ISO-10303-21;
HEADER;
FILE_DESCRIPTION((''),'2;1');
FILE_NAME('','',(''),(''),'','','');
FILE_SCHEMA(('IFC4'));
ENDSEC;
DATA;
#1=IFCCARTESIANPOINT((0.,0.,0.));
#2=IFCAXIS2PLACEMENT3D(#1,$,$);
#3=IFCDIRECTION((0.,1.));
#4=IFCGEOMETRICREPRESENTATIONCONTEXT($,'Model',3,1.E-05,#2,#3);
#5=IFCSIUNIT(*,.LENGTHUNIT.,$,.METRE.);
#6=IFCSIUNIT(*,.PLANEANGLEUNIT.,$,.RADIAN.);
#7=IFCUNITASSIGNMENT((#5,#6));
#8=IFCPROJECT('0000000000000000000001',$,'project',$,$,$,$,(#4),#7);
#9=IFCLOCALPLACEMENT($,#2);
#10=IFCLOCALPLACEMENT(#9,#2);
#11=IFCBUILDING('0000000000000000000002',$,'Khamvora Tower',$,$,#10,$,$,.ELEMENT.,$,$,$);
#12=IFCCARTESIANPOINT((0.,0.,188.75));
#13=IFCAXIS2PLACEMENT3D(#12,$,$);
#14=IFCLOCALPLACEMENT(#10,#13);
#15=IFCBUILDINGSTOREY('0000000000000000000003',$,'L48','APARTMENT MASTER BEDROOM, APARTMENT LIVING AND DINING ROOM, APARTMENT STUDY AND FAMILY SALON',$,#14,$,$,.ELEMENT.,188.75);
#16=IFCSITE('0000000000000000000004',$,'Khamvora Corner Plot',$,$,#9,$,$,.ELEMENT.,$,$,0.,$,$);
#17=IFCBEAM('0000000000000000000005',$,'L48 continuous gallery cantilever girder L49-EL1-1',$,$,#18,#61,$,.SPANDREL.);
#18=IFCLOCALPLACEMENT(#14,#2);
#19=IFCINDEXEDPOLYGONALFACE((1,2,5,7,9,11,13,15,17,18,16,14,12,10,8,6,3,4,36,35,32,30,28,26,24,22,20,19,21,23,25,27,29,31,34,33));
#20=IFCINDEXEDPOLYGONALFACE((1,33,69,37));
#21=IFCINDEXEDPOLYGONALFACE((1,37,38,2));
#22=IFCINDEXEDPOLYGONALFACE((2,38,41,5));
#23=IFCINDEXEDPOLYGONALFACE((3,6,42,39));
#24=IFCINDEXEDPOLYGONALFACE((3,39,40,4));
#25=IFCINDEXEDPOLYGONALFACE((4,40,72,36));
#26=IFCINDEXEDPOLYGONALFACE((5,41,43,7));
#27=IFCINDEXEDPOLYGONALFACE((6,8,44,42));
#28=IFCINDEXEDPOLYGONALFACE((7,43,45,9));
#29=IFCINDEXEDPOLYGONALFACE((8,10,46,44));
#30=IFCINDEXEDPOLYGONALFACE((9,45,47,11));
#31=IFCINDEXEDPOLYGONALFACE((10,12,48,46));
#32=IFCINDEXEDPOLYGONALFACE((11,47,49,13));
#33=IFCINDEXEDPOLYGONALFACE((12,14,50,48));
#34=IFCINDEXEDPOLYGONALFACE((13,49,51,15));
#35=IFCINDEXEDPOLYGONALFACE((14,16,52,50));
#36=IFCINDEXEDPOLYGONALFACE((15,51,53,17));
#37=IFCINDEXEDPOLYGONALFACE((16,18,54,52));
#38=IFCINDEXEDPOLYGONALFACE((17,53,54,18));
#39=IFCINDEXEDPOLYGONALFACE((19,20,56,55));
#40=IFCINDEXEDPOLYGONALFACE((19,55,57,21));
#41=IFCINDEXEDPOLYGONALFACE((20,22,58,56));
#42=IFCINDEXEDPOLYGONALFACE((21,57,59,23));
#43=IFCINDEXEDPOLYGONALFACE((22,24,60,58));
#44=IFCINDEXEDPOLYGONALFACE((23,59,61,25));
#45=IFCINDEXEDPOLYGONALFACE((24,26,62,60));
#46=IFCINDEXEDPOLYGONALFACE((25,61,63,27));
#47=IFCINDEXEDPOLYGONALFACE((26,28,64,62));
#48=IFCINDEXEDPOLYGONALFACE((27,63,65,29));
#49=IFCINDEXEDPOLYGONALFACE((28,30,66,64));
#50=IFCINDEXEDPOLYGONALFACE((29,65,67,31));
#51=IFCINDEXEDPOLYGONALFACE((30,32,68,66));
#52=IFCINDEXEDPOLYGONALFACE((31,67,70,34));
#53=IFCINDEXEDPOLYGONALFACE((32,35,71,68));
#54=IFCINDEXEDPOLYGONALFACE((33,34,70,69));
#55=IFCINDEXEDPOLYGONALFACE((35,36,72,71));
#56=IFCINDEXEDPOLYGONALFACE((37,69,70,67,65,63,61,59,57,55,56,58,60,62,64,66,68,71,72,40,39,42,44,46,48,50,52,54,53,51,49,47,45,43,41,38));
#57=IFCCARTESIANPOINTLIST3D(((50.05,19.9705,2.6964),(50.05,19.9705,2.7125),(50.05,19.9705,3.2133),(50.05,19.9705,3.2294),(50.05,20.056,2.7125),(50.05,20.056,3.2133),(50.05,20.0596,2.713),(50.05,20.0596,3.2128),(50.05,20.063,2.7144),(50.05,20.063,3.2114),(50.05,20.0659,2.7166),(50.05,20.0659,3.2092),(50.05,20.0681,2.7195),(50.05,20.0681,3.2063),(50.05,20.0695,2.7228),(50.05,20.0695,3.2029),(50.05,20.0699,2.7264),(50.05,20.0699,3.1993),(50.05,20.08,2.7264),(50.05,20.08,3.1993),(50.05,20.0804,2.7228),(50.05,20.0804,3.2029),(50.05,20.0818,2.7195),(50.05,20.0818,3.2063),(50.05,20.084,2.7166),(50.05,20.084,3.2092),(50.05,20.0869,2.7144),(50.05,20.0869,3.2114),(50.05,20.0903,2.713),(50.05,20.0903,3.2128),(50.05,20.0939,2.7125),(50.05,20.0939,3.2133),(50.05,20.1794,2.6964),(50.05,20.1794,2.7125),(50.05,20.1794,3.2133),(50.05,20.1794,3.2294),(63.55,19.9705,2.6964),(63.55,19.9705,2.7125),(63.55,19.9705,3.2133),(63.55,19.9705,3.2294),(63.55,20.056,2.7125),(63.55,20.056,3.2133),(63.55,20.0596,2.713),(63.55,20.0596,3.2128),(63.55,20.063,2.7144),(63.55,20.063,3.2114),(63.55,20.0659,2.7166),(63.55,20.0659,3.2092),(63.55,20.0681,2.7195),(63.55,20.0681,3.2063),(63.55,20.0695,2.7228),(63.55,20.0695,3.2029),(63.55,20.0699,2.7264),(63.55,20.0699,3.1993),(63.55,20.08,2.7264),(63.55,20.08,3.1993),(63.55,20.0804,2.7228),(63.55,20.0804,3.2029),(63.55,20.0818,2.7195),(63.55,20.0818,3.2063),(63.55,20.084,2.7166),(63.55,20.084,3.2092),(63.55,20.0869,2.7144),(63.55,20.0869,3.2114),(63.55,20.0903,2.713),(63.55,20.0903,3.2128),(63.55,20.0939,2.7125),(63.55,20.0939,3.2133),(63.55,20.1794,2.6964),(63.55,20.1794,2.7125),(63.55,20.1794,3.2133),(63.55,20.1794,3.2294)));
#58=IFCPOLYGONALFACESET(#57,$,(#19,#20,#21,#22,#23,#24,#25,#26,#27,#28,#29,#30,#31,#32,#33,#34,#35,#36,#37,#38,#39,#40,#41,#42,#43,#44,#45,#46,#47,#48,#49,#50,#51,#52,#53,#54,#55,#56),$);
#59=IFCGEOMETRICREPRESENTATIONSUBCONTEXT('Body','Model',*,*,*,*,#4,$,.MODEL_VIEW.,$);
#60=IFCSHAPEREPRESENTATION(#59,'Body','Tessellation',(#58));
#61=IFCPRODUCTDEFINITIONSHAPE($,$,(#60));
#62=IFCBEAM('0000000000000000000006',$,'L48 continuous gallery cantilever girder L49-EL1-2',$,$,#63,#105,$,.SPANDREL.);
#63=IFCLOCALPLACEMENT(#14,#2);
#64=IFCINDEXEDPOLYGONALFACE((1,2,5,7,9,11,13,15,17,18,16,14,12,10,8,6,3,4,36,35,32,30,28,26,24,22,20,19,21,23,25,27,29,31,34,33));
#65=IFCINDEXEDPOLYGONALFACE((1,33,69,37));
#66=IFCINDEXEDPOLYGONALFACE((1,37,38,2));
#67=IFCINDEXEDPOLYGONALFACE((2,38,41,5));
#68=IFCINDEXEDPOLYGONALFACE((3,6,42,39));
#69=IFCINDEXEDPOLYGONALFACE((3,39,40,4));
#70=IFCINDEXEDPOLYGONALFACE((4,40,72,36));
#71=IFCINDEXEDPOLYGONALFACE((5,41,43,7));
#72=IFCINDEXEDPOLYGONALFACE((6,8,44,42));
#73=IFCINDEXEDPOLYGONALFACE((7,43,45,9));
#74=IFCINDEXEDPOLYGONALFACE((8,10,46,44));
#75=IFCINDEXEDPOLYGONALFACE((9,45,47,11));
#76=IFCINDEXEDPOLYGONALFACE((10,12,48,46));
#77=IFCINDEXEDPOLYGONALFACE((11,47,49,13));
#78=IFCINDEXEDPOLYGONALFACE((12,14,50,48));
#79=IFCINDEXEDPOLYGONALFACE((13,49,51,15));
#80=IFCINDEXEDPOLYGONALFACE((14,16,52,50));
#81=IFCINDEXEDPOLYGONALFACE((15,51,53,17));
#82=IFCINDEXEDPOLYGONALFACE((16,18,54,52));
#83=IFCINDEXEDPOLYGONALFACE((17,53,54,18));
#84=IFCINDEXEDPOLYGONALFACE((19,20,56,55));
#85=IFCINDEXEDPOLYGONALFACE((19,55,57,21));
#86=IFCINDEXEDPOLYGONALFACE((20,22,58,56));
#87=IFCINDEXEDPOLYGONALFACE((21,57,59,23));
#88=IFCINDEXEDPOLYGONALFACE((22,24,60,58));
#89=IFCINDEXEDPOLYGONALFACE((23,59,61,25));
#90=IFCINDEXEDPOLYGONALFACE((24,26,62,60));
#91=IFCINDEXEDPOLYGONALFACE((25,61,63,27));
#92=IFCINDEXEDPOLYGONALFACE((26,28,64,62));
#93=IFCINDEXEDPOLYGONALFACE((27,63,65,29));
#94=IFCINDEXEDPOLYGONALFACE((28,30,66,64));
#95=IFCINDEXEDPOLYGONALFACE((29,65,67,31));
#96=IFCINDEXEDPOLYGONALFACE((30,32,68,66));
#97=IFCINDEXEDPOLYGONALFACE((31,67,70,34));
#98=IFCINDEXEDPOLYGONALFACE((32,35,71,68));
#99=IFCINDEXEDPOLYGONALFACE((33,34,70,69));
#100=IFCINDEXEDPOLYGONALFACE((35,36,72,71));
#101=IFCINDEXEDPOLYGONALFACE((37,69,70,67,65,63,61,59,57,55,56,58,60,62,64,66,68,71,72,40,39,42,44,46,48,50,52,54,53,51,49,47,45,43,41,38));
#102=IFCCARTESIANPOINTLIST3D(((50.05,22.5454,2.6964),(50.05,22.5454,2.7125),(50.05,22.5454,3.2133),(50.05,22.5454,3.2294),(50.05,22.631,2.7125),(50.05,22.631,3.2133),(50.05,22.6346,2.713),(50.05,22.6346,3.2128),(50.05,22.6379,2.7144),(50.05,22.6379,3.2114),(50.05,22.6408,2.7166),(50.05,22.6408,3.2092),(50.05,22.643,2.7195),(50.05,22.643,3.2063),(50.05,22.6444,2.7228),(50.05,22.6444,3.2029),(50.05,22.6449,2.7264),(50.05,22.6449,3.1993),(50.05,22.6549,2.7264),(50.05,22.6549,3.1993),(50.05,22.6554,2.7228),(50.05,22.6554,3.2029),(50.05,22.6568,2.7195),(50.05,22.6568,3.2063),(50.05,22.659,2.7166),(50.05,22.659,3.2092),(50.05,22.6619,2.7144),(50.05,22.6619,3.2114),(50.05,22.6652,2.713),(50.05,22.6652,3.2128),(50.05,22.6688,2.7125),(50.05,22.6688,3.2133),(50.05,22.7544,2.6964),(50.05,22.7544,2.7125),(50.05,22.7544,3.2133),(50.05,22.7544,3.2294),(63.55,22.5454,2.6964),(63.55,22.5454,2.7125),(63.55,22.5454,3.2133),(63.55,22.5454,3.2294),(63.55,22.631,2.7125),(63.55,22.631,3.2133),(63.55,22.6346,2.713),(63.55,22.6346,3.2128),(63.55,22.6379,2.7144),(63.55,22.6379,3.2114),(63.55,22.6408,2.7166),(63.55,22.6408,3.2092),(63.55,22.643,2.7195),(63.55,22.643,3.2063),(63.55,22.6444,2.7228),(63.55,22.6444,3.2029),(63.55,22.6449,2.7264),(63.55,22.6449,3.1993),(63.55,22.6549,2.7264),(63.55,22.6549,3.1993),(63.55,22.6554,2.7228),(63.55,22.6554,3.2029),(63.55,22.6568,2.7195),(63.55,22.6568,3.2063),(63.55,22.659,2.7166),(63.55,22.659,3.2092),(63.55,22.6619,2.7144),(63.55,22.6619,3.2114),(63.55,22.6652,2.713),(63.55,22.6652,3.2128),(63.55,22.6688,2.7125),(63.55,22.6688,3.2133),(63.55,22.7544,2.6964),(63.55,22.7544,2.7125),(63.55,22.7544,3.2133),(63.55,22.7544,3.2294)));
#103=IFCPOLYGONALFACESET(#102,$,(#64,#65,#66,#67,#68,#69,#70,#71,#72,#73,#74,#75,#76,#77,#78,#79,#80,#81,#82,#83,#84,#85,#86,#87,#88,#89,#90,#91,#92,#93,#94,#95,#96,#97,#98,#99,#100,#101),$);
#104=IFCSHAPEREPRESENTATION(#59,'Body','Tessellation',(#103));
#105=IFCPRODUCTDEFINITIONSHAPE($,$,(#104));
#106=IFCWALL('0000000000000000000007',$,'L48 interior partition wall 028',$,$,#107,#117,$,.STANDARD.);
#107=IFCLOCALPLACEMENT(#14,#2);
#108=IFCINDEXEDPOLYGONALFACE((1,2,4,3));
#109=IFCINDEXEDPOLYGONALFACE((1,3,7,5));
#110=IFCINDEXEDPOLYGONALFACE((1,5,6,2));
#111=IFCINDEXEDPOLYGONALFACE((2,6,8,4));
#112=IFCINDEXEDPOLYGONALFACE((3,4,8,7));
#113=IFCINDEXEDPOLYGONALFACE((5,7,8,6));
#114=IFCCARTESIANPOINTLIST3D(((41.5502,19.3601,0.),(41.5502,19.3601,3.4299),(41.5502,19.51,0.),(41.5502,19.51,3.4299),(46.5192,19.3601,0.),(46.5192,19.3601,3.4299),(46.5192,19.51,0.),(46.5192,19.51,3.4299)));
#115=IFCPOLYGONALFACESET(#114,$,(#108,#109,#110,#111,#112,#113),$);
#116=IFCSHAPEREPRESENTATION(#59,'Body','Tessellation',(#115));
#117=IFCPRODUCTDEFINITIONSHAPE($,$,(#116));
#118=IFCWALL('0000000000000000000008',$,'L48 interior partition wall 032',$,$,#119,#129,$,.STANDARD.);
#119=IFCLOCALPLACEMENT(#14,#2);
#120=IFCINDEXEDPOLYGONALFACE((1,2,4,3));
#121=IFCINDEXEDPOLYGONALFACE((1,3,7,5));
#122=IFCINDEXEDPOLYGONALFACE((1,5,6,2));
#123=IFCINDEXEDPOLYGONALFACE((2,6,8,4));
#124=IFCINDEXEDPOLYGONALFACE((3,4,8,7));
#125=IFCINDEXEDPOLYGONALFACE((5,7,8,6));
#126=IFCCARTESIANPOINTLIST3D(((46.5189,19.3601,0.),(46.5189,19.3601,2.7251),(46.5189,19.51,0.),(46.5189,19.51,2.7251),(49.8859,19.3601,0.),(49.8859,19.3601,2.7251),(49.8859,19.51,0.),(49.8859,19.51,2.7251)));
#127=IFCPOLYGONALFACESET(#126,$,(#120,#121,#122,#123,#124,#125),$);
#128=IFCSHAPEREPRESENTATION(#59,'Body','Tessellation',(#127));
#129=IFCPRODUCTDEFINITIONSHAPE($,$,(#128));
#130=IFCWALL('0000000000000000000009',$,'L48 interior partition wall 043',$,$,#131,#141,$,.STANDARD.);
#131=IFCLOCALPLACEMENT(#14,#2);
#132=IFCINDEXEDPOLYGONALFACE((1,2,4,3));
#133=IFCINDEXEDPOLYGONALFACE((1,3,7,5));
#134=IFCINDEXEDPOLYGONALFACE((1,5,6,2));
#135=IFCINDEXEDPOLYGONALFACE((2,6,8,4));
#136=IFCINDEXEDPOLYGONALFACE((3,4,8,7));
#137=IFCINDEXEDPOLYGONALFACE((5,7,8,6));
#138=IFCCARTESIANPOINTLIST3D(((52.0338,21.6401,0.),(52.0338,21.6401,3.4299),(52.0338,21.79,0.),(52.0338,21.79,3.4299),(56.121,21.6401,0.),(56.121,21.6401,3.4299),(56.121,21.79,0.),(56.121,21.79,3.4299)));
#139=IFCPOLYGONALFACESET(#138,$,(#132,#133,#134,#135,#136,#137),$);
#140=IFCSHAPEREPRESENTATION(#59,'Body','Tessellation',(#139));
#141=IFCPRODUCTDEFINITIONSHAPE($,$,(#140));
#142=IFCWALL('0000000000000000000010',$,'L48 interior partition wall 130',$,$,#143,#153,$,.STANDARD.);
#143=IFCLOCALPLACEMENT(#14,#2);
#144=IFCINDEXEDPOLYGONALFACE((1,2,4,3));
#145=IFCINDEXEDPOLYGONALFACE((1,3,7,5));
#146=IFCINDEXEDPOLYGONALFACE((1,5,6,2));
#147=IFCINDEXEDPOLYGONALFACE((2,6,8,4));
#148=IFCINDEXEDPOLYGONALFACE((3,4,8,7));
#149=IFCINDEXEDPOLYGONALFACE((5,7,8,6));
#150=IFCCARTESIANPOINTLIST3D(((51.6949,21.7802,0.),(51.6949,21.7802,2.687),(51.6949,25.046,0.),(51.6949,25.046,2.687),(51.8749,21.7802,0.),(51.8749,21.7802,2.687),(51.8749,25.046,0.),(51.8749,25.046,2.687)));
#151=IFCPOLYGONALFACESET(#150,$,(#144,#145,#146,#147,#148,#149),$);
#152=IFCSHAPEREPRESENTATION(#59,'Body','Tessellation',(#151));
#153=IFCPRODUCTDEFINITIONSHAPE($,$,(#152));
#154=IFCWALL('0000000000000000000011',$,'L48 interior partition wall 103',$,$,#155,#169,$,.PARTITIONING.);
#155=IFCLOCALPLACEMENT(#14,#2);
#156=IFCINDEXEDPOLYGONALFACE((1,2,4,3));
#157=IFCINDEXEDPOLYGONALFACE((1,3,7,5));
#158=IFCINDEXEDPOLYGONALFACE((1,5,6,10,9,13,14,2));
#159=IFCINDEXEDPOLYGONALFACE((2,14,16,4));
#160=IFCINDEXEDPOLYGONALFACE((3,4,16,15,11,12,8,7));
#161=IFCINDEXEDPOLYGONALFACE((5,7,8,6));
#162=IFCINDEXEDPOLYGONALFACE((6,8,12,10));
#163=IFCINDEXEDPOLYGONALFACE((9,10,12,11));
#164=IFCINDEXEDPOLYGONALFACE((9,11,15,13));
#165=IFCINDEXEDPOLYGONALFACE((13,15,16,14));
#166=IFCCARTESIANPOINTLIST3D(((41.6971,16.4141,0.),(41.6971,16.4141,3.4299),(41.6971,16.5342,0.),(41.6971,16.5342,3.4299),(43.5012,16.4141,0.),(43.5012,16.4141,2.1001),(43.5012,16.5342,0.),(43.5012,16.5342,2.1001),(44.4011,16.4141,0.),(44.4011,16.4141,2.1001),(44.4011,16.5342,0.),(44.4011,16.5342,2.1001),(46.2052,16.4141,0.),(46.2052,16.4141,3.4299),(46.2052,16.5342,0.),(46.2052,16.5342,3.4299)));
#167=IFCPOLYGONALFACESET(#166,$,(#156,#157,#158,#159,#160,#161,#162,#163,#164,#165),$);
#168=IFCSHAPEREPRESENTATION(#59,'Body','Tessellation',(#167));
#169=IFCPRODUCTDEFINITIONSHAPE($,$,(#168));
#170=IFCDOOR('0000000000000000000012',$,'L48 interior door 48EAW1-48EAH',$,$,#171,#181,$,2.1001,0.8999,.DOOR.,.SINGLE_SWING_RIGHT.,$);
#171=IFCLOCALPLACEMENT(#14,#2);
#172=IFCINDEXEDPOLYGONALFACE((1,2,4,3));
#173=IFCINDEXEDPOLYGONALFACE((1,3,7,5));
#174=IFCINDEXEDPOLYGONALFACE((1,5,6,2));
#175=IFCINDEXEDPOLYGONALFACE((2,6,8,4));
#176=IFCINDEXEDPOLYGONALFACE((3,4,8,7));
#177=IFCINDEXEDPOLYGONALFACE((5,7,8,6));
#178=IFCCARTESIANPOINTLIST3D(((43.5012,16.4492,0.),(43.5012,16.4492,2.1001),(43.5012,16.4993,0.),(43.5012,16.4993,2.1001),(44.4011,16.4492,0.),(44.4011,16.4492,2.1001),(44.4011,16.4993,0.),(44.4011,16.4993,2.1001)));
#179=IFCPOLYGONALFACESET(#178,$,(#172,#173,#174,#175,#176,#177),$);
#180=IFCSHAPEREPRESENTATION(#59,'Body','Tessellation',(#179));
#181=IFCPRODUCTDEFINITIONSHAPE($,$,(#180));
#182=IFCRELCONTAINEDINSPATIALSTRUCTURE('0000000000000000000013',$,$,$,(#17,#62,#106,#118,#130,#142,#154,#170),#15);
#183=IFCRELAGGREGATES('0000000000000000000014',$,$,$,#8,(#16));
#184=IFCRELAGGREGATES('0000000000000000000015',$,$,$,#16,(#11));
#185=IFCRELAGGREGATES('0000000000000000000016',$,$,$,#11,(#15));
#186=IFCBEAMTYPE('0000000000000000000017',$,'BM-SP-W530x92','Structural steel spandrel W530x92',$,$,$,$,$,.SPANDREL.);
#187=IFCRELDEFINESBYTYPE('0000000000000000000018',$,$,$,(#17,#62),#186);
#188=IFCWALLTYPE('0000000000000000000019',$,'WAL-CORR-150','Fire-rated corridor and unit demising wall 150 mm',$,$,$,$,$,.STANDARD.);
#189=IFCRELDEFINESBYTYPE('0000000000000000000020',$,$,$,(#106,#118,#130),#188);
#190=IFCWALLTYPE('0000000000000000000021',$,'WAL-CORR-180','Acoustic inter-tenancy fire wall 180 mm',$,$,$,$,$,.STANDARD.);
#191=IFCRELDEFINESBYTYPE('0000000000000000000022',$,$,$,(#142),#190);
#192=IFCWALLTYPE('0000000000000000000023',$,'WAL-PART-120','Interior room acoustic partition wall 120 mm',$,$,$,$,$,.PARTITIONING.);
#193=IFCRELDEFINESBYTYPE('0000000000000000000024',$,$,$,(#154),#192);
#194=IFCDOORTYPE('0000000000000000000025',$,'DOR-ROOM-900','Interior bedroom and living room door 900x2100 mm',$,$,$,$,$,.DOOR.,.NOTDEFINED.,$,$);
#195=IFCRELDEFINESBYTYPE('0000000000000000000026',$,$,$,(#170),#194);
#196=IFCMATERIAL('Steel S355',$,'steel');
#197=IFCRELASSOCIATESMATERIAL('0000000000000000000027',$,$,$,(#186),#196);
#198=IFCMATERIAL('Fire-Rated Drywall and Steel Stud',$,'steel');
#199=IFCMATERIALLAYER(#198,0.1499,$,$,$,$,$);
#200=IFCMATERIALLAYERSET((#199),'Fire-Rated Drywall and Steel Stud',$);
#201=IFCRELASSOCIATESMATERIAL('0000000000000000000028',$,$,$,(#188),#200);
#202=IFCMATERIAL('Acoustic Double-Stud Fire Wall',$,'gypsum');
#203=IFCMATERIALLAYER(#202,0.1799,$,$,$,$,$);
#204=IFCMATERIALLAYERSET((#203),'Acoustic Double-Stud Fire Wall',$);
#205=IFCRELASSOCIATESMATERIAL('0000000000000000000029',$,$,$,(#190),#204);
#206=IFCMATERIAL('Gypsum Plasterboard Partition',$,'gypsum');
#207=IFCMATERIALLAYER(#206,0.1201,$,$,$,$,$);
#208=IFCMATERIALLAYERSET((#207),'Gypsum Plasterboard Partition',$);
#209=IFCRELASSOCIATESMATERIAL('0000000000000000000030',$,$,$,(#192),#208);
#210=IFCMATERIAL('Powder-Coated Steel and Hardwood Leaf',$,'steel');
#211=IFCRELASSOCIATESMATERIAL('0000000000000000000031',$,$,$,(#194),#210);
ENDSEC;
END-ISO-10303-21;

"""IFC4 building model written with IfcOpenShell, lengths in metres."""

from ifc_helpers import new_model, si_unit, direction, frame, frame_2d, origin, origin_2d, place, context, subcontext, project, spatial, rectangle, i_section, extrude, material, layer, layer_set, material_profile, profile_set, type_object, element, fill, save


model = new_model("IFC4")

# Units and contexts
model_context = context("Model", 3, precision=1e-05, world=origin(), true_north=direction((0.0, 1.0)))
body_context = subcontext(model_context, "Body", "Model", "MODEL_VIEW")
ifc_project = project(units=[si_unit("LENGTHUNIT", "METRE"), si_unit("PLANEANGLEUNIT", "RADIAN")], contexts=[model_context])

# Site, building, storey
site_placement = place(None, origin())
site = spatial("IfcSite", under=ifc_project, at=site_placement, Name="Khamvora Corner Plot", CompositionType="ELEMENT", RefElevation=0.0)
building_placement = place(site_placement, origin())
building = spatial("IfcBuilding", under=site, at=building_placement, Name="Khamvora Tower", CompositionType="ELEMENT")
storey_placement = place(building_placement, frame((0.0, 0.0, 188.75)))
storey = spatial("IfcBuildingStorey", under=building, at=storey_placement, Name="L48", Description="APARTMENT MASTER BEDROOM, APARTMENT LIVING AND DINING ROOM, APARTMENT STUDY AND FAMILY SALON", CompositionType="ELEMENT", Elevation=188.75)

# Shared definitions
ifc_material_1 = material(Name="Steel S355", Category="steel")

# Beams
ifc_material_profile_1 = material_profile(ifc_material_1, i_section(OverallWidth=0.209, OverallDepth=0.533, WebThickness=0.01, FlangeThickness=0.0161, FilletRadius=0.0139, at=origin_2d()), Name="W530x92")
ifc_profile_set_1 = profile_set([ifc_material_profile_1], Name="Steel S355")
beam_type_1 = type_object("IfcBeamType", Name="BM-SP-W530x92", Description="Structural steel spandrel W530x92", PredefinedType="SPANDREL", material=ifc_profile_set_1)
for number, where, z_axis, x_axis, name in (
    (1, (50.05, 20.075, 2.9629), (1.0, 0.0, 0.0), (0.0, 1.0, 0.0), "L48 continuous gallery cantilever girder L49-EL1-1"),
    (2, (50.05, 22.6499, 2.9629), (1.0, 0.0, 0.0), (0.0, 1.0, 0.0), "L48 continuous gallery cantilever girder L49-EL1-2"),
):
    element("IfcBeam", number, at=place(storey_placement, frame(where, z_axis=z_axis, x_axis=x_axis)), inside=storey, type_object=beam_type_1, Name=name, PredefinedType="SPANDREL", context=body_context, shape_type="SweptSolid", body=[
        extrude(i_section(OverallWidth=0.209, OverallDepth=0.533, WebThickness=0.01, FlangeThickness=0.0161, FilletRadius=0.0139, at=origin_2d()), origin(), (0.0, 0.0, 1.0), 13.5),
    ])

# Wall
ifc_material_2 = material(Name="Fire-Rated Drywall and Steel Stud", Category="steel")
ifc_layer_1 = layer(ifc_material_2, 0.1499)
ifc_layer_set_1 = layer_set([ifc_layer_1], Name="Fire-Rated Drywall and Steel Stud")
wall_type_1 = type_object("IfcWallType", Name="WAL-CORR-150", Description="Fire-rated corridor and unit demising wall 150 mm", PredefinedType="STANDARD", material=ifc_layer_set_1)
wall_1_placement = place(storey_placement, frame((46.519, 19.4351, 0.0), z_axis=(0.0, 0.0, 1.0), x_axis=(-1.0, 0.0, 0.0)))
element("IfcWall", 3, at=wall_1_placement, inside=storey, type_object=wall_type_1, Name="L48 interior partition wall 028", PredefinedType="STANDARD", context=body_context, shape_type="SweptSolid", body=[
    extrude(rectangle(XDim=4.969, YDim=0.1499, at=frame_2d((2.4844, 0.0))), origin(), (0.0, 0.0, 1.0), 3.4299),
])

# Shared definitions
ifc_material_3 = material(Name="Powder-Coated Steel and Hardwood Leaf", Category="steel")

# Walls
wall_2_placement = place(storey_placement, frame((49.886, 19.4351, 0.0), z_axis=(0.0, 0.0, 1.0), x_axis=(-1.0, 0.0, 0.0)))
element("IfcWall", 4, at=wall_2_placement, inside=storey, type_object=wall_type_1, Name="L48 interior partition wall 032", PredefinedType="STANDARD", context=body_context, shape_type="SweptSolid", body=[
    extrude(rectangle(XDim=3.3669, YDim=0.1499, at=frame_2d((1.6836, 0.0))), origin(), (0.0, 0.0, 1.0), 2.7251),
])
wall_3_placement = place(storey_placement, frame((52.0339, 21.7151, 0.0), z_axis=(0.0, 0.0, 1.0), x_axis=(1.0, 0.0, 0.0)))
element("IfcWall", 5, at=wall_3_placement, inside=storey, type_object=wall_type_1, Name="L48 interior partition wall 043", PredefinedType="STANDARD", context=body_context, shape_type="SweptSolid", body=[
    extrude(rectangle(XDim=4.0872, YDim=0.1499, at=frame_2d((2.0435, 0.0))), origin(), (0.0, 0.0, 1.0), 3.4299),
])
ifc_material_4 = material(Name="Acoustic Double-Stud Fire Wall", Category="gypsum")
ifc_layer_2 = layer(ifc_material_4, 0.1799)
ifc_layer_set_2 = layer_set([ifc_layer_2], Name="Acoustic Double-Stud Fire Wall")
wall_type_2 = type_object("IfcWallType", Name="WAL-CORR-180", Description="Acoustic inter-tenancy fire wall 180 mm", PredefinedType="STANDARD", material=ifc_layer_set_2)
wall_4_placement = place(storey_placement, frame((51.7849, 25.0459, 0.0), z_axis=(0.0, 0.0, 1.0), x_axis=(0.0, -1.0, 0.0)))
element("IfcWall", 6, at=wall_4_placement, inside=storey, type_object=wall_type_2, Name="L48 interior partition wall 130", PredefinedType="STANDARD", context=body_context, shape_type="SweptSolid", body=[
    extrude(rectangle(XDim=3.2659, YDim=0.1799, at=frame_2d((1.6328, 0.0))), origin(), (0.0, 0.0, 1.0), 2.687),
])

# Wall, opening, door
ifc_material_5 = material(Name="Gypsum Plasterboard Partition", Category="gypsum")
ifc_layer_3 = layer(ifc_material_5, 0.1201)
ifc_layer_set_3 = layer_set([ifc_layer_3], Name="Gypsum Plasterboard Partition")
wall_type_3 = type_object("IfcWallType", Name="WAL-PART-120", Description="Interior room acoustic partition wall 120 mm", PredefinedType="PARTITIONING", material=ifc_layer_set_3)
wall_5_placement = place(storey_placement, frame((46.2051, 16.4741, 0.0), z_axis=(0.0, 0.0, 1.0), x_axis=(-1.0, 0.0, 0.0)))
wall_5 = element("IfcWall", 7, at=wall_5_placement, inside=storey, type_object=wall_type_3, Name="L48 interior partition wall 103", PredefinedType="PARTITIONING", context=body_context, shape_type="SweptSolid", body=[
    extrude(rectangle(XDim=4.5081, YDim=0.1201, at=frame_2d((2.2539, 0.0))), origin(), (0.0, 0.0, 1.0), 3.4299),
])
opening_1_placement = place(wall_5_placement, frame((1.804, 0.0, 0.0)))
opening_1 = element("IfcOpeningElement", 8, at=opening_1_placement, cuts=wall_5, PredefinedType="OPENING", context=body_context, shape_type="SweptSolid", body=[
    extrude(rectangle(XDim=0.8999, YDim=2.1001, at=frame_2d((0.45, 1.05))), frame((0.0, 0.0701, 0.0), z_axis=(0.0, -1.0, 0.0), x_axis=(1.0, 0.0, 0.0)), (0.0, 0.0, 1.0), 0.1401),
])
door_type_1 = type_object("IfcDoorType", Name="DOR-ROOM-900", Description="Interior bedroom and living room door 900x2100 mm", OperationType="NOTDEFINED", PredefinedType="DOOR", material=ifc_material_3)
door_1_placement = place(opening_1_placement, origin())
door_1 = element("IfcDoor", 9, at=door_1_placement, inside=storey, type_object=door_type_1, Name="L48 interior door 48EAW1-48EAH", OperationType="SINGLE_SWING_RIGHT", OverallHeight=2.1001, OverallWidth=0.8999, PredefinedType="DOOR", context=body_context, shape_type="SweptSolid", body=[
    extrude(rectangle(XDim=0.8999, YDim=2.1001, at=frame_2d((0.45, 1.05))), frame((0.0, 0.0249, 0.0), z_axis=(0.0, -1.0, 0.0), x_axis=(1.0, 0.0, 0.0)), (0.0, 0.0, 1.0), 0.05),
])
fill(opening_1, door_1)

save(model, "model.ifc")
